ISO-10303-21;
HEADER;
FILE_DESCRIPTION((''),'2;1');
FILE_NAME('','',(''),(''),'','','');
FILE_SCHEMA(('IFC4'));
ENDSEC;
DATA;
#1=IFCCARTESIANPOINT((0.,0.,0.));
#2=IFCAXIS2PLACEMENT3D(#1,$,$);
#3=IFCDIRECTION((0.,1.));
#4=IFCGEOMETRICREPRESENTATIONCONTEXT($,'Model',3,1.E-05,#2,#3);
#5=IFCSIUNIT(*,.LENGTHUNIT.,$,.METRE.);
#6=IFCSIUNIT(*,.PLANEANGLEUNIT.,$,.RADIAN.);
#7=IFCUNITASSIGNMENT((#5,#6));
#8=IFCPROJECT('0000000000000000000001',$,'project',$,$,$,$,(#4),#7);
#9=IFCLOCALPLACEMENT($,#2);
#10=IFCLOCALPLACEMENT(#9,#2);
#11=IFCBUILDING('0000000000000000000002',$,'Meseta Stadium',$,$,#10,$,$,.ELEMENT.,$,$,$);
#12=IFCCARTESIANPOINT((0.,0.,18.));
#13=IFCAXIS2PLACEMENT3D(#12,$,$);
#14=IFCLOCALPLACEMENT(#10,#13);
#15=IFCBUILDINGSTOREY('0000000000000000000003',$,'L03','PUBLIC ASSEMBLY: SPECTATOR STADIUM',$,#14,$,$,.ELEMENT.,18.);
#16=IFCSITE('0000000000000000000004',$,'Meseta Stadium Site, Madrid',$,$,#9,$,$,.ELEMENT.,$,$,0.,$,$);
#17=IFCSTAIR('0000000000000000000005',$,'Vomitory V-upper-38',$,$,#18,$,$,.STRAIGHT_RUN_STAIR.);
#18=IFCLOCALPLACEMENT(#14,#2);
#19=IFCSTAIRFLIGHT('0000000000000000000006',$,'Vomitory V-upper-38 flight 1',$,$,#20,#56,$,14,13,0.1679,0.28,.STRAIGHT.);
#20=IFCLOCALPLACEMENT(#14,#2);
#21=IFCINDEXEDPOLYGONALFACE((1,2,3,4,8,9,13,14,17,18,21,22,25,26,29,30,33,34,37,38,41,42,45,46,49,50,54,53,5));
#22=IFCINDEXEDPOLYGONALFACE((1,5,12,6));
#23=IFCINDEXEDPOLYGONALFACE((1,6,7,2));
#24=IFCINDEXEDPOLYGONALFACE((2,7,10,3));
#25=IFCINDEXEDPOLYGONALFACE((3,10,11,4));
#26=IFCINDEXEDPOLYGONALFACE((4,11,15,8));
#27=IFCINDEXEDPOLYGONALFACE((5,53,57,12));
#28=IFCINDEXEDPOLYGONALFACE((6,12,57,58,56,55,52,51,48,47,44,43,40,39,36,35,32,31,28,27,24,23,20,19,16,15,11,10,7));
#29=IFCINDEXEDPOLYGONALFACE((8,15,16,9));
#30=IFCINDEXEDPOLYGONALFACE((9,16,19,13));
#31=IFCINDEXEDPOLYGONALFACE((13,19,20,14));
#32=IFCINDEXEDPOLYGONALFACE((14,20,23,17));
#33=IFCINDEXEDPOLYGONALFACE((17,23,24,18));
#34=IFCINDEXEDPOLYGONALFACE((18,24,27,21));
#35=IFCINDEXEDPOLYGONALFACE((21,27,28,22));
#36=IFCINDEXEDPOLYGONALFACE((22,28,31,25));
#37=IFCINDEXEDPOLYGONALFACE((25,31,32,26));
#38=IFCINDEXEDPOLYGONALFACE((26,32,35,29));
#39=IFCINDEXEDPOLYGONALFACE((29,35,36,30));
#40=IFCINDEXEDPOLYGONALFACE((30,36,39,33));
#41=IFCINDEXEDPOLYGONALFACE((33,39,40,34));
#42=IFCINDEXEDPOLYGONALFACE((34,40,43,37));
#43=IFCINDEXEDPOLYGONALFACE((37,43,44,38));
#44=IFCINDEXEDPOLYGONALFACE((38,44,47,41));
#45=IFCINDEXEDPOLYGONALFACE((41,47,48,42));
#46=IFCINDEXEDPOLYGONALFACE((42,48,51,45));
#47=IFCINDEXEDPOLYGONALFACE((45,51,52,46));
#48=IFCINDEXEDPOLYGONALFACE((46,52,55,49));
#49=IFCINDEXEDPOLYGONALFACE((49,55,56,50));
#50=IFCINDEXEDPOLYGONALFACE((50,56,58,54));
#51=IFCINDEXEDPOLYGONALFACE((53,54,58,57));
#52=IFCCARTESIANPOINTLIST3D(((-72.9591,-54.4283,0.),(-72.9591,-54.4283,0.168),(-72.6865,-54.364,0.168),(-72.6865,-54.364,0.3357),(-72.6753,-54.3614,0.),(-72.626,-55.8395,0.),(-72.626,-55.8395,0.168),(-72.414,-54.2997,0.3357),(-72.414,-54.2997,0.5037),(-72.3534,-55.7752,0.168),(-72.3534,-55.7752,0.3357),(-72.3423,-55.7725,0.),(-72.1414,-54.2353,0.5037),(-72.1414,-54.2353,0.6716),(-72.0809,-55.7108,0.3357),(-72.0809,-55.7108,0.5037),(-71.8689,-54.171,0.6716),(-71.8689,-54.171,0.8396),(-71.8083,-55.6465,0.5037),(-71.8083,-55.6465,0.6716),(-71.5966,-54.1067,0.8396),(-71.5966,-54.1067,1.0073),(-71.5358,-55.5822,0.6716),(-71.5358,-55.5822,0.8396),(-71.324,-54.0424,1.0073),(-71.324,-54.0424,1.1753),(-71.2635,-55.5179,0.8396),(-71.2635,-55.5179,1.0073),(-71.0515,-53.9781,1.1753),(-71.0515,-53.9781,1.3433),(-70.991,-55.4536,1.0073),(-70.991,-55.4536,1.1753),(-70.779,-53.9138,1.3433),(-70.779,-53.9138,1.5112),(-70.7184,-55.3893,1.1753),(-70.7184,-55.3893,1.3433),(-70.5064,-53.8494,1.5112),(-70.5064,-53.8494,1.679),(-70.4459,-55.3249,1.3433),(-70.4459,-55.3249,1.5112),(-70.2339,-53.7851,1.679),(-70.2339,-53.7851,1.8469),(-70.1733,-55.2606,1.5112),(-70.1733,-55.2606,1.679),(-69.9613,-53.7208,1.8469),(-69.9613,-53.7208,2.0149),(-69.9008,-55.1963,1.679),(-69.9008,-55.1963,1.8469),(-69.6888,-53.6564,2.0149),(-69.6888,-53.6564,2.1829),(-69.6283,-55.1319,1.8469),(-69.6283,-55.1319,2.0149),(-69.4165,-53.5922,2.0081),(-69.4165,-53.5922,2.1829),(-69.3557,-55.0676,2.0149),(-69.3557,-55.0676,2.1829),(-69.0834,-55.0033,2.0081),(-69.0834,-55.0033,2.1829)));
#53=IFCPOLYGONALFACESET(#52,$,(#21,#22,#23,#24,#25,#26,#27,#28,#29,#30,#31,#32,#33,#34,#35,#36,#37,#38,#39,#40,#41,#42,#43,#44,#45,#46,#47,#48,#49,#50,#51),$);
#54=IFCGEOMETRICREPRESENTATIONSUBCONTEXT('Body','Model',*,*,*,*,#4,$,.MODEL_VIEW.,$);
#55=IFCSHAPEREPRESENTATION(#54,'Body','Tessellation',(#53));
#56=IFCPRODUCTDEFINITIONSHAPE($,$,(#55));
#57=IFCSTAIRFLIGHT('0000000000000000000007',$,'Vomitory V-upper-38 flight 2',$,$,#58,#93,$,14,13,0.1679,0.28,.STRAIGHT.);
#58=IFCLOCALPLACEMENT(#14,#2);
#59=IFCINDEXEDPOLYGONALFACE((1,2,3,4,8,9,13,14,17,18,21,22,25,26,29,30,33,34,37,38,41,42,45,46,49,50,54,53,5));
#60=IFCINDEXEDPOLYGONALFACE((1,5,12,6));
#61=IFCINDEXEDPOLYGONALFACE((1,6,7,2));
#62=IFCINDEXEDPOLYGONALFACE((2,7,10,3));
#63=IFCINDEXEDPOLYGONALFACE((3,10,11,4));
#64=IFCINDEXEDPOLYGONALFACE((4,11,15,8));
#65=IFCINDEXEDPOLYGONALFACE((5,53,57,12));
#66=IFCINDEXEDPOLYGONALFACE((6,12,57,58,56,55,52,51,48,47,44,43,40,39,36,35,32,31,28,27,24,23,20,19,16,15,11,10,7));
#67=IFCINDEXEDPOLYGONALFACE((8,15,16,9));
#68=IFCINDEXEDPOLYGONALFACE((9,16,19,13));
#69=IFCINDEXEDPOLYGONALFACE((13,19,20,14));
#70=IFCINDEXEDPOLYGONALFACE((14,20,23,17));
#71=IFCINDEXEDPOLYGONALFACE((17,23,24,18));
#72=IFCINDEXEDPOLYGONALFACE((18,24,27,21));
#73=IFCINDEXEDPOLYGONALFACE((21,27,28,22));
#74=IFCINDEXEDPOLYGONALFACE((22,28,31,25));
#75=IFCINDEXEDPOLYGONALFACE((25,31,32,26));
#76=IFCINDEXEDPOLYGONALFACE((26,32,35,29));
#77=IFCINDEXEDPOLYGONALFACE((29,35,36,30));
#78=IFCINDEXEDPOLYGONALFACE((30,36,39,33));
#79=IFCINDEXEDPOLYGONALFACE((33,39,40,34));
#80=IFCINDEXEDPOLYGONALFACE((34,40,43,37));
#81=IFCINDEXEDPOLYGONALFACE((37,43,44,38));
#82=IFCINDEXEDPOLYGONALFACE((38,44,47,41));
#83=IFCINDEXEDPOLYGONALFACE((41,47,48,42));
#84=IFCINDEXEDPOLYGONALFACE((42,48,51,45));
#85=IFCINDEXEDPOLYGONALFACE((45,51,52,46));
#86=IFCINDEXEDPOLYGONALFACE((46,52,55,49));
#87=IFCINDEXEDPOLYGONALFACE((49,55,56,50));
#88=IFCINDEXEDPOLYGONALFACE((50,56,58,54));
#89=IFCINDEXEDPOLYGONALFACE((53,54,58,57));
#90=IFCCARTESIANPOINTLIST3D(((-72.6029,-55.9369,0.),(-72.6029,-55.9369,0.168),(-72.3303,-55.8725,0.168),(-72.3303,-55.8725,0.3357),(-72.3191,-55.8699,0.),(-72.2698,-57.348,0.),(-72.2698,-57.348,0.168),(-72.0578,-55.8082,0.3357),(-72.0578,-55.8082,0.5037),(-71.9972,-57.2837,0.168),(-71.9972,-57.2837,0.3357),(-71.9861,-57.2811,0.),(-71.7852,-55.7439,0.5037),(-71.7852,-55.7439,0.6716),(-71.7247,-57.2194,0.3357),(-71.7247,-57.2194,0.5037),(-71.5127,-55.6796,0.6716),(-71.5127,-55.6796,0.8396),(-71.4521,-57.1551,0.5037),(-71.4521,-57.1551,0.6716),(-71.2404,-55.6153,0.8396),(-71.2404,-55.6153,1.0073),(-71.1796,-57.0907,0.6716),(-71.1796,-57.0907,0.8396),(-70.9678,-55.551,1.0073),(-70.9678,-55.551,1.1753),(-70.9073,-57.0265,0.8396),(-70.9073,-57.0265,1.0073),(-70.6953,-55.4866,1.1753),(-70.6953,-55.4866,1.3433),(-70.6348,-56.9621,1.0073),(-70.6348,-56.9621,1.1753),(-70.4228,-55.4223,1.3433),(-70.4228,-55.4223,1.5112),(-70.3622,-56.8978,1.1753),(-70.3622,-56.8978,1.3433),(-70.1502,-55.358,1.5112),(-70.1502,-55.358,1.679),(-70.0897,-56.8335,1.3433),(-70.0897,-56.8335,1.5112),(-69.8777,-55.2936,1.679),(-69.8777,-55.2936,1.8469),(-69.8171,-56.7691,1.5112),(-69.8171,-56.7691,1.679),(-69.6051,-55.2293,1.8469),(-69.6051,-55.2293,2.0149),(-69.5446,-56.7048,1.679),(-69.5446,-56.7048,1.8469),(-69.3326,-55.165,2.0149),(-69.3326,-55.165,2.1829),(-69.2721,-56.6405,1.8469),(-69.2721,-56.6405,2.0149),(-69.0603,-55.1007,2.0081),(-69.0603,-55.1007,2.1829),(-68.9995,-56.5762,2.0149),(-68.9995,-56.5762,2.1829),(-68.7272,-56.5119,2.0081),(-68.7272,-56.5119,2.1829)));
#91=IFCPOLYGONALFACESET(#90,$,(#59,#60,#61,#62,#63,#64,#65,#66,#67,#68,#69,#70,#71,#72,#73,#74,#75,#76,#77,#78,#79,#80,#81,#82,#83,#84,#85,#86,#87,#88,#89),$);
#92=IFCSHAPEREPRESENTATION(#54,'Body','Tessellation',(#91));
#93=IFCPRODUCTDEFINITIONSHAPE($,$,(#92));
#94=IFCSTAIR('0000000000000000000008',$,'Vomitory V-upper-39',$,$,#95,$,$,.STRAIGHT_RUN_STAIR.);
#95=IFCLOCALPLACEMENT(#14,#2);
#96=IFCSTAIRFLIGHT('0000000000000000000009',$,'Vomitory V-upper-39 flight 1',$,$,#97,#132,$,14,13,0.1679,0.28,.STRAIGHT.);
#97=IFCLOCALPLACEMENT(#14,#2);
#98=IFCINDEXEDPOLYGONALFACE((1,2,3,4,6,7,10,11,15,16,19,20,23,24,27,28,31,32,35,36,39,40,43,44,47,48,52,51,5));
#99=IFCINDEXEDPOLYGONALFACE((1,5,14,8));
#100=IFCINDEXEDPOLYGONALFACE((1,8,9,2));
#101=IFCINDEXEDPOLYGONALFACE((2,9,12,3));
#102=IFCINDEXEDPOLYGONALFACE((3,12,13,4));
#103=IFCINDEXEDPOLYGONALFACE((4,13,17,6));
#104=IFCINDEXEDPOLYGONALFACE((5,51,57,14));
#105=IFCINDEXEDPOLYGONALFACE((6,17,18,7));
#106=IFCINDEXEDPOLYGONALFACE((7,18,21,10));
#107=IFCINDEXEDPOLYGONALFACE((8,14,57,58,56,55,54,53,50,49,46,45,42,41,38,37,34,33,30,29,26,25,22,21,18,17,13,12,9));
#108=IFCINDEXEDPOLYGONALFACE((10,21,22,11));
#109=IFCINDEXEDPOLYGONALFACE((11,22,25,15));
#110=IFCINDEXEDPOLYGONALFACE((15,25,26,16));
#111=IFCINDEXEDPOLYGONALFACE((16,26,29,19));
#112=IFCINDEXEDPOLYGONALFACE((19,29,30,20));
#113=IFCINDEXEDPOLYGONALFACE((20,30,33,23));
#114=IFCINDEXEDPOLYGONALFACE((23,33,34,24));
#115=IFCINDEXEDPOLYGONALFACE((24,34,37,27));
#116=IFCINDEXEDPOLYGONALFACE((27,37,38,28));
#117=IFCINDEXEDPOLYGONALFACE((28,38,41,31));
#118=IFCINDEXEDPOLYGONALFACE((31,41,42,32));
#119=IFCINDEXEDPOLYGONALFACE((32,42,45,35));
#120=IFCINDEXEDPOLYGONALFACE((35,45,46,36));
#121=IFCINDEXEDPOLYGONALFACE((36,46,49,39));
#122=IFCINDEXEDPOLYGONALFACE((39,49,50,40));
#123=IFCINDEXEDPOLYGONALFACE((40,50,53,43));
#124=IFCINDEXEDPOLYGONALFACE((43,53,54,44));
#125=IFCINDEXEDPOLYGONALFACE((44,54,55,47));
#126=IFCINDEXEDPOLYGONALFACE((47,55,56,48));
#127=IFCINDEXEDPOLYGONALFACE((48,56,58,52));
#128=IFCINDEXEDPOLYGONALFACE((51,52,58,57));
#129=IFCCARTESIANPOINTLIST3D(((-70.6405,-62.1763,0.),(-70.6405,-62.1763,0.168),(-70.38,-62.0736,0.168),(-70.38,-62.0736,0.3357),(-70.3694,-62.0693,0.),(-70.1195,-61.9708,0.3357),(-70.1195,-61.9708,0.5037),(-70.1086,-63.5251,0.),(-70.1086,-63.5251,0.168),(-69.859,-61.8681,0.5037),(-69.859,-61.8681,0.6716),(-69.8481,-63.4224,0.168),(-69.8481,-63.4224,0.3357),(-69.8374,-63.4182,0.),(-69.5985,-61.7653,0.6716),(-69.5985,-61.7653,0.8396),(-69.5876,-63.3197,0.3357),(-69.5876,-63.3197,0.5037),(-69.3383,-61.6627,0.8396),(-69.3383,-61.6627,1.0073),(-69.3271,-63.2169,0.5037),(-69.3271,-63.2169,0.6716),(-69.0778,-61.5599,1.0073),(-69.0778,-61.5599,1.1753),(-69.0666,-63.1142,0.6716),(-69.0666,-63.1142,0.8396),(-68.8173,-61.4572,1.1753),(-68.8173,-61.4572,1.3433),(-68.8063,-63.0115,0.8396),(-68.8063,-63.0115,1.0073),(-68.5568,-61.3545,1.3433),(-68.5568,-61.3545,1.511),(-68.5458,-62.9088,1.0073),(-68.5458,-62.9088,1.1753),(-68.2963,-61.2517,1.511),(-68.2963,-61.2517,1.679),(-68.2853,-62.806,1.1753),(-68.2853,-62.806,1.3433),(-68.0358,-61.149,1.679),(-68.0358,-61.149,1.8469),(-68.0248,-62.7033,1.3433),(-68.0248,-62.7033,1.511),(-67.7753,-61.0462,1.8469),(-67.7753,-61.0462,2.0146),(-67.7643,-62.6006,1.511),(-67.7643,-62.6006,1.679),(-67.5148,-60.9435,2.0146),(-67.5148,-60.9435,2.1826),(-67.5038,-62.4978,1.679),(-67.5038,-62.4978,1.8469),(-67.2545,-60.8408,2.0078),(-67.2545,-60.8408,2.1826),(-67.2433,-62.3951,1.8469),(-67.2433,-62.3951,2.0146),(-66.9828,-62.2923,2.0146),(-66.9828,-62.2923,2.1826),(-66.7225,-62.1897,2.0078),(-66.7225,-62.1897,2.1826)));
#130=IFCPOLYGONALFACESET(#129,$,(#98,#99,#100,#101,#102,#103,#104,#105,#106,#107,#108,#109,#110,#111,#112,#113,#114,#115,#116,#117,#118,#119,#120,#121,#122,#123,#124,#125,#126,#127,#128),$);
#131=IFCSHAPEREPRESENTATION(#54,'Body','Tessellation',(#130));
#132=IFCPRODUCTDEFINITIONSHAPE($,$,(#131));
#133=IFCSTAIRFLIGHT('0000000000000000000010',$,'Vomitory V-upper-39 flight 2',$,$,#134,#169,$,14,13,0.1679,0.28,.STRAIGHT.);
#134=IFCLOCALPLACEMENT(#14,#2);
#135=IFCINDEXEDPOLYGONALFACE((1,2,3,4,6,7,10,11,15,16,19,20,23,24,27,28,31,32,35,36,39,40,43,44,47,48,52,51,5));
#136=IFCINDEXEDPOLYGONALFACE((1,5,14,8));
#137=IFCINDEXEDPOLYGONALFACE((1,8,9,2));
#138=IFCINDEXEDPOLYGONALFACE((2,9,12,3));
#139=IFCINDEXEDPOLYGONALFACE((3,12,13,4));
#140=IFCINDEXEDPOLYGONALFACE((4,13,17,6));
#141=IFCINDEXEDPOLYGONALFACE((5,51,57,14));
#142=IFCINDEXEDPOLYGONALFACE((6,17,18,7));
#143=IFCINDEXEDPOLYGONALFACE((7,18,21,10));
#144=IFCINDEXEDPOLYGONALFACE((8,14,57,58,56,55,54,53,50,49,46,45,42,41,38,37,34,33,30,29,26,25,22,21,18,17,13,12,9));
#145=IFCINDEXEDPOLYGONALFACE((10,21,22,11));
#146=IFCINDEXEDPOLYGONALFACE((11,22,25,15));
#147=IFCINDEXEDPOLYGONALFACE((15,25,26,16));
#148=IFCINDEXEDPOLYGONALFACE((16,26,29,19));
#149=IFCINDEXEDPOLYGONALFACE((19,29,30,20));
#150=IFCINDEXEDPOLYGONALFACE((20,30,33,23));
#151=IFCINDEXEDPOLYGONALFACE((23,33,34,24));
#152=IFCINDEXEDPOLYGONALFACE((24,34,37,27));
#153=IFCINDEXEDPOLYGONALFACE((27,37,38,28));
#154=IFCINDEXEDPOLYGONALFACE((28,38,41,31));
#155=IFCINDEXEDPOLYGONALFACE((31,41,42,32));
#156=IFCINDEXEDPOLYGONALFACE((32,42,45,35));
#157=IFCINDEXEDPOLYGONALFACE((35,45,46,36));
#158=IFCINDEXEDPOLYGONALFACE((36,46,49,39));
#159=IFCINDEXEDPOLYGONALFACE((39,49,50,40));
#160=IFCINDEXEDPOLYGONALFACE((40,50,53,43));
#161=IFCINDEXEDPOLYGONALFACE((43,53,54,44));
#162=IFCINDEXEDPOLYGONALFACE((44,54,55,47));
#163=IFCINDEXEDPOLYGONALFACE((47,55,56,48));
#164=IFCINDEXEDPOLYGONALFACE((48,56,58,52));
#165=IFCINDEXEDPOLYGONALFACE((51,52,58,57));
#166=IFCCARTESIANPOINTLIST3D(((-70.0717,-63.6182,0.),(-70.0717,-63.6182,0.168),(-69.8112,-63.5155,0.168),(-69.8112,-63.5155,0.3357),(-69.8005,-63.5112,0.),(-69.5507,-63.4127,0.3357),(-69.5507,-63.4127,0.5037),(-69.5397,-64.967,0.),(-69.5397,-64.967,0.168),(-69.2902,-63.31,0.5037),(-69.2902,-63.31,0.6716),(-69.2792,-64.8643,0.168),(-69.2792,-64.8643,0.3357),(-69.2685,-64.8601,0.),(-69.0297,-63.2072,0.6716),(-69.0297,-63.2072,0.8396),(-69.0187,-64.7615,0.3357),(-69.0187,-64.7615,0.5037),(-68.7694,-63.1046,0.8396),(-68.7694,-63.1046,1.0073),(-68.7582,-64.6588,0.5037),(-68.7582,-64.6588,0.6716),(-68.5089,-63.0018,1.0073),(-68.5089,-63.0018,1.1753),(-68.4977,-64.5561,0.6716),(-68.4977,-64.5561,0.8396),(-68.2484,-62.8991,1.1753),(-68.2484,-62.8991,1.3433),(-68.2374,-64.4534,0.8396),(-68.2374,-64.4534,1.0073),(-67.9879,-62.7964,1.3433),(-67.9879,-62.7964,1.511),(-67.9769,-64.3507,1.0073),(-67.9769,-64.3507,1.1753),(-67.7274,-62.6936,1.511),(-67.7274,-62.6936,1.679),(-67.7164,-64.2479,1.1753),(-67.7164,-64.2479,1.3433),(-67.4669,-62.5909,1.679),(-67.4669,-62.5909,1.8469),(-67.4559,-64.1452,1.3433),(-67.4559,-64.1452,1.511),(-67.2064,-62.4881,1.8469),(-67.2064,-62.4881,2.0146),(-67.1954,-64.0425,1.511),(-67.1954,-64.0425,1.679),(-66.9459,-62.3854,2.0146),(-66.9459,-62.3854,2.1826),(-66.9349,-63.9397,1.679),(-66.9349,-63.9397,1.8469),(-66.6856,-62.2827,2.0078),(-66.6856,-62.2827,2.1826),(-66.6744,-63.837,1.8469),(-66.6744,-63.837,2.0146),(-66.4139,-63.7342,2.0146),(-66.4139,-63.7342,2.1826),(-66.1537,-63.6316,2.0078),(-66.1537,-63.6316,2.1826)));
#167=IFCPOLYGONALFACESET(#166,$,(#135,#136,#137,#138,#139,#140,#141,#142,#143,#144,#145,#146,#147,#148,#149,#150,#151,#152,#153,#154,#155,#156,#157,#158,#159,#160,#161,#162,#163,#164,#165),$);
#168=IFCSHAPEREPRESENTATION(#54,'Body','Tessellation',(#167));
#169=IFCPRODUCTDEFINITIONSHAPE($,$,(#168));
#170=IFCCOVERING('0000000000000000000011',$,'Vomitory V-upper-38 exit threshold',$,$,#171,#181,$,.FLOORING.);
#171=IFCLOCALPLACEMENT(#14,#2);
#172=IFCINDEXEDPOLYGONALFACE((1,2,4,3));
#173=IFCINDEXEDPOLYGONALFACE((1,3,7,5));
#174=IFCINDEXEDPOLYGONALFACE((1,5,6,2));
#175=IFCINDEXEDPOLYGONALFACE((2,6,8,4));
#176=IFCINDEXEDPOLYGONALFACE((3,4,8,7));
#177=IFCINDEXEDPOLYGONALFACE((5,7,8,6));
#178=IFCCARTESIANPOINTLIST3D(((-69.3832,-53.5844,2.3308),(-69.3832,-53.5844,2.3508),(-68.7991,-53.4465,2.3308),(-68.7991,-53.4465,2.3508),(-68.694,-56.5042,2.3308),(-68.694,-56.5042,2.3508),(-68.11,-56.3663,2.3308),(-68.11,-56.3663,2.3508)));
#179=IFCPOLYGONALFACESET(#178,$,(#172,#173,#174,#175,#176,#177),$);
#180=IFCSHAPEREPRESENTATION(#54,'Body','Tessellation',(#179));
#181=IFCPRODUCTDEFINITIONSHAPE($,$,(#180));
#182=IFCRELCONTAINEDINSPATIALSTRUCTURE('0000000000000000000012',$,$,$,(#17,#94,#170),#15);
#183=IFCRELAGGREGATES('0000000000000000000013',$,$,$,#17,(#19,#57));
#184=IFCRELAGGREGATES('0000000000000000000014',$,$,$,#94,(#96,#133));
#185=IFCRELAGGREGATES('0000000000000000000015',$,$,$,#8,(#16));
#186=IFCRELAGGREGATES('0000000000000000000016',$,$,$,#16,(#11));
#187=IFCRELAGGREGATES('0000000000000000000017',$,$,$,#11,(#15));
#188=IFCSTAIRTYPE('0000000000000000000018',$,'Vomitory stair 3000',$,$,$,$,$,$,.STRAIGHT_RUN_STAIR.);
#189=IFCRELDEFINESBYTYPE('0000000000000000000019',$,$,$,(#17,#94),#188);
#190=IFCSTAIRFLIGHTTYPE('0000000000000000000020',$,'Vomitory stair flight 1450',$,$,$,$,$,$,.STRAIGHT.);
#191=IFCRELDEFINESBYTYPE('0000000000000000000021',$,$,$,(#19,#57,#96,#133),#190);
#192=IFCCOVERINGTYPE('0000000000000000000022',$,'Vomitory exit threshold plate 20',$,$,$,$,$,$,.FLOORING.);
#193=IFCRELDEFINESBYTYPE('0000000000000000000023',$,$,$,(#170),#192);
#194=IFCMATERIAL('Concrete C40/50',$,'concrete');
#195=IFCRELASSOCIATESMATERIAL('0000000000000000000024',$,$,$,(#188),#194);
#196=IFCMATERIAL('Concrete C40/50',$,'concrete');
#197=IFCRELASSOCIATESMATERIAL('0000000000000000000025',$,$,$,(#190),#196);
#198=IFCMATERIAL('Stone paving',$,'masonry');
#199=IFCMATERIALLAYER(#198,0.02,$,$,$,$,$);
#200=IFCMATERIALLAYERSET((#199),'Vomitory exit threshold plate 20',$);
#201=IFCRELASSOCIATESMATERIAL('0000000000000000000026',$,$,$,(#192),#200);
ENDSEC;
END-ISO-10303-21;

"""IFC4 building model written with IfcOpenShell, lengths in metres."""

from ifc_helpers import new_model, si_unit, direction, frame, origin, origin_2d, place, context, subcontext, project, spatial, polyline, rectangle, outline, extrude, material, layer, layer_set, type_object, element, aggregate, save


model = new_model("IFC4")

# Units and contexts
model_context = context("Model", 3, precision=1e-05, world=origin(), true_north=direction((0.0, 1.0)))
body_context = subcontext(model_context, "Body", "Model", "MODEL_VIEW")
ifc_project = project(units=[si_unit("LENGTHUNIT", "METRE"), si_unit("PLANEANGLEUNIT", "RADIAN")], contexts=[model_context])

# Site, building, storey
site_placement = place(None, origin())
site = spatial("IfcSite", under=ifc_project, at=site_placement, Name="Meseta Stadium Site, Madrid", CompositionType="ELEMENT", RefElevation=0.0)
building_placement = place(site_placement, origin())
building = spatial("IfcBuilding", under=site, at=building_placement, Name="Meseta Stadium", CompositionType="ELEMENT")
storey_placement = place(building_placement, frame((0.0, 0.0, 18.0)))
storey = spatial("IfcBuildingStorey", under=building, at=storey_placement, Name="L03", Description="PUBLIC ASSEMBLY: SPECTATOR STADIUM", CompositionType="ELEMENT", Elevation=18.0)

# Stairs, stair flights
ifc_material_1 = material(Name="Concrete C40/50", Category="concrete")
stair_type = type_object("IfcStairType", Name="Vomitory stair 3000", PredefinedType="STRAIGHT_RUN_STAIR", material=ifc_material_1)
stair_1_placement = place(storey_placement, origin())
stair_1 = element("IfcStair", 1, at=stair_1_placement, inside=storey, type_object=stair_type, Name="Vomitory V-upper-38", PredefinedType="STRAIGHT_RUN_STAIR")
ifc_material_2 = material(Name="Concrete C40/50", Category="concrete")
stair_flight_type = type_object("IfcStairFlightType", Name="Vomitory stair flight 1450", PredefinedType="STRAIGHT", material=ifc_material_2)
stair_flight_1_placement = place(storey_placement, frame((-72.7925, -55.134, 0.0), z_axis=(0.0, 0.0, 1.0), x_axis=(0.973256, 0.229722, 0.0)))
stair_flight_1 = element("IfcStairFlight", 2, at=stair_flight_1_placement, type_object=stair_flight_type, Name="Vomitory V-upper-38 flight 1", NumberOfRisers=14, NumberOfTreads=13, PredefinedType="STRAIGHT", RiserHeight=0.1679, TreadLength=0.28, context=body_context, shape_type="SweptSolid", body=[
    extrude(outline(polyline([(0.0, 0.0), (0.0, 0.168), (0.28, 0.168), (0.28, 0.3357), (0.5601, 0.3357), (0.5601, 0.5037), (0.8401, 0.5037), (0.8401, 0.6716), (1.1201, 0.6716), (1.1201, 0.8396), (1.3999, 0.8396), (1.3999, 1.0073), (1.6799, 1.0073), (1.6799, 1.1753), (1.96, 1.1753), (1.96, 1.3433), (2.24, 1.3433), (2.24, 1.5112), (2.52, 1.5112), (2.52, 1.679), (2.8, 1.679), (2.8, 1.8469), (3.0801, 1.8469), (3.0801, 2.0149), (3.3601, 2.0149), (3.3601, 2.1829), (3.6399, 2.1829), (3.6399, 2.0081), (0.2915, 0.0), (0.0, 0.0)])), frame((0.0, 0.7251, 0.0), z_axis=(0.0, -1.0, 0.0), x_axis=(1.0, 0.0, 0.0)), (0.0, 0.0, 1.0), 1.45),
])
stair_flight_2_placement = place(storey_placement, frame((-72.4363, -56.6426, 0.0), z_axis=(0.0, 0.0, 1.0), x_axis=(0.973256, 0.229722, 0.0)))
stair_flight_2 = element("IfcStairFlight", 3, at=stair_flight_2_placement, type_object=stair_flight_type, Name="Vomitory V-upper-38 flight 2", NumberOfRisers=14, NumberOfTreads=13, PredefinedType="STRAIGHT", RiserHeight=0.1679, TreadLength=0.28, context=body_context, shape_type="SweptSolid", body=[
    extrude(outline(polyline([(0.0, 0.0), (0.0, 0.168), (0.28, 0.168), (0.28, 0.3357), (0.5601, 0.3357), (0.5601, 0.5037), (0.8401, 0.5037), (0.8401, 0.6716), (1.1201, 0.6716), (1.1201, 0.8396), (1.3999, 0.8396), (1.3999, 1.0073), (1.6799, 1.0073), (1.6799, 1.1753), (1.96, 1.1753), (1.96, 1.3433), (2.24, 1.3433), (2.24, 1.5112), (2.52, 1.5112), (2.52, 1.679), (2.8, 1.679), (2.8, 1.8469), (3.0801, 1.8469), (3.0801, 2.0149), (3.3601, 2.0149), (3.3601, 2.1829), (3.6399, 2.1829), (3.6399, 2.0081), (0.2915, 0.0), (0.0, 0.0)])), frame((0.0, 0.7251, 0.0), z_axis=(0.0, -1.0, 0.0), x_axis=(1.0, 0.0, 0.0)), (0.0, 0.0, 1.0), 1.45),
])
aggregate(stair_1, [stair_flight_1, stair_flight_2])
stair_2_placement = place(storey_placement, origin())
stair_2 = element("IfcStair", 4, at=stair_2_placement, inside=storey, type_object=stair_type, Name="Vomitory V-upper-39", PredefinedType="STRAIGHT_RUN_STAIR")
stair_flight_3_placement = place(storey_placement, frame((-70.3745, -62.8508, 0.0), z_axis=(0.0, 0.0, 1.0), x_axis=(0.930263, 0.366893, 0.0)))
stair_flight_3 = element("IfcStairFlight", 5, at=stair_flight_3_placement, type_object=stair_flight_type, Name="Vomitory V-upper-39 flight 1", NumberOfRisers=14, NumberOfTreads=13, PredefinedType="STRAIGHT", RiserHeight=0.1679, TreadLength=0.28, context=body_context, shape_type="SweptSolid", body=[
    extrude(outline(polyline([(0.0, 0.0), (0.0, 0.168), (0.28, 0.168), (0.28, 0.3357), (0.5601, 0.3357), (0.5601, 0.5037), (0.8401, 0.5037), (0.8401, 0.6716), (1.1201, 0.6716), (1.1201, 0.8396), (1.3999, 0.8396), (1.3999, 1.0073), (1.6799, 1.0073), (1.6799, 1.1753), (1.96, 1.1753), (1.96, 1.3433), (2.24, 1.3433), (2.24, 1.511), (2.52, 1.511), (2.52, 1.679), (2.8, 1.679), (2.8, 1.8469), (3.0801, 1.8469), (3.0801, 2.0146), (3.3601, 2.0146), (3.3601, 2.1826), (3.6399, 2.1826), (3.6399, 2.0078), (0.2915, 0.0), (0.0, 0.0)])), frame((0.0, 0.7251, 0.0), z_axis=(0.0, -1.0, 0.0), x_axis=(1.0, 0.0, 0.0)), (0.0, 0.0, 1.0), 1.45),
])
stair_flight_4_placement = place(storey_placement, frame((-69.8057, -64.2927, 0.0), z_axis=(0.0, 0.0, 1.0), x_axis=(0.930263, 0.366893, 0.0)))
stair_flight_4 = element("IfcStairFlight", 6, at=stair_flight_4_placement, type_object=stair_flight_type, Name="Vomitory V-upper-39 flight 2", NumberOfRisers=14, NumberOfTreads=13, PredefinedType="STRAIGHT", RiserHeight=0.1679, TreadLength=0.28, context=body_context, shape_type="SweptSolid", body=[
    extrude(outline(polyline([(0.0, 0.0), (0.0, 0.168), (0.28, 0.168), (0.28, 0.3357), (0.5601, 0.3357), (0.5601, 0.5037), (0.8401, 0.5037), (0.8401, 0.6716), (1.1201, 0.6716), (1.1201, 0.8396), (1.3999, 0.8396), (1.3999, 1.0073), (1.6799, 1.0073), (1.6799, 1.1753), (1.96, 1.1753), (1.96, 1.3433), (2.24, 1.3433), (2.24, 1.511), (2.52, 1.511), (2.52, 1.679), (2.8, 1.679), (2.8, 1.8469), (3.0801, 1.8469), (3.0801, 2.0146), (3.3601, 2.0146), (3.3601, 2.1826), (3.6399, 2.1826), (3.6399, 2.0078), (0.2915, 0.0), (0.0, 0.0)])), frame((0.0, 0.7251, 0.0), z_axis=(0.0, -1.0, 0.0), x_axis=(1.0, 0.0, 0.0)), (0.0, 0.0, 1.0), 1.45),
])
aggregate(stair_2, [stair_flight_3, stair_flight_4])

# Covering
ifc_material_3 = material(Name="Stone paving", Category="masonry")
ifc_layer_1 = layer(ifc_material_3, 0.02)
ifc_layer_set_1 = layer_set([ifc_layer_1], Name="Vomitory exit threshold plate 20")
covering_type = type_object("IfcCoveringType", Name="Vomitory exit threshold plate 20", PredefinedType="FLOORING", material=ifc_layer_set_1)
covering_placement = place(storey_placement, frame((-68.7466, -54.9753, 2.3308), z_axis=(0.0, 0.0, 1.0), x_axis=(0.973256, 0.229722, 0.0)))
element("IfcCovering", 7, at=covering_placement, inside=storey, type_object=covering_type, Name="Vomitory V-upper-38 exit threshold", PredefinedType="FLOORING", context=body_context, shape_type="SweptSolid", body=[
    extrude(rectangle(XDim=0.6001, YDim=3.0, at=origin_2d()), origin(), (0.0, 0.0, 1.0), 0.02),
])

save(model, "model.ifc")
